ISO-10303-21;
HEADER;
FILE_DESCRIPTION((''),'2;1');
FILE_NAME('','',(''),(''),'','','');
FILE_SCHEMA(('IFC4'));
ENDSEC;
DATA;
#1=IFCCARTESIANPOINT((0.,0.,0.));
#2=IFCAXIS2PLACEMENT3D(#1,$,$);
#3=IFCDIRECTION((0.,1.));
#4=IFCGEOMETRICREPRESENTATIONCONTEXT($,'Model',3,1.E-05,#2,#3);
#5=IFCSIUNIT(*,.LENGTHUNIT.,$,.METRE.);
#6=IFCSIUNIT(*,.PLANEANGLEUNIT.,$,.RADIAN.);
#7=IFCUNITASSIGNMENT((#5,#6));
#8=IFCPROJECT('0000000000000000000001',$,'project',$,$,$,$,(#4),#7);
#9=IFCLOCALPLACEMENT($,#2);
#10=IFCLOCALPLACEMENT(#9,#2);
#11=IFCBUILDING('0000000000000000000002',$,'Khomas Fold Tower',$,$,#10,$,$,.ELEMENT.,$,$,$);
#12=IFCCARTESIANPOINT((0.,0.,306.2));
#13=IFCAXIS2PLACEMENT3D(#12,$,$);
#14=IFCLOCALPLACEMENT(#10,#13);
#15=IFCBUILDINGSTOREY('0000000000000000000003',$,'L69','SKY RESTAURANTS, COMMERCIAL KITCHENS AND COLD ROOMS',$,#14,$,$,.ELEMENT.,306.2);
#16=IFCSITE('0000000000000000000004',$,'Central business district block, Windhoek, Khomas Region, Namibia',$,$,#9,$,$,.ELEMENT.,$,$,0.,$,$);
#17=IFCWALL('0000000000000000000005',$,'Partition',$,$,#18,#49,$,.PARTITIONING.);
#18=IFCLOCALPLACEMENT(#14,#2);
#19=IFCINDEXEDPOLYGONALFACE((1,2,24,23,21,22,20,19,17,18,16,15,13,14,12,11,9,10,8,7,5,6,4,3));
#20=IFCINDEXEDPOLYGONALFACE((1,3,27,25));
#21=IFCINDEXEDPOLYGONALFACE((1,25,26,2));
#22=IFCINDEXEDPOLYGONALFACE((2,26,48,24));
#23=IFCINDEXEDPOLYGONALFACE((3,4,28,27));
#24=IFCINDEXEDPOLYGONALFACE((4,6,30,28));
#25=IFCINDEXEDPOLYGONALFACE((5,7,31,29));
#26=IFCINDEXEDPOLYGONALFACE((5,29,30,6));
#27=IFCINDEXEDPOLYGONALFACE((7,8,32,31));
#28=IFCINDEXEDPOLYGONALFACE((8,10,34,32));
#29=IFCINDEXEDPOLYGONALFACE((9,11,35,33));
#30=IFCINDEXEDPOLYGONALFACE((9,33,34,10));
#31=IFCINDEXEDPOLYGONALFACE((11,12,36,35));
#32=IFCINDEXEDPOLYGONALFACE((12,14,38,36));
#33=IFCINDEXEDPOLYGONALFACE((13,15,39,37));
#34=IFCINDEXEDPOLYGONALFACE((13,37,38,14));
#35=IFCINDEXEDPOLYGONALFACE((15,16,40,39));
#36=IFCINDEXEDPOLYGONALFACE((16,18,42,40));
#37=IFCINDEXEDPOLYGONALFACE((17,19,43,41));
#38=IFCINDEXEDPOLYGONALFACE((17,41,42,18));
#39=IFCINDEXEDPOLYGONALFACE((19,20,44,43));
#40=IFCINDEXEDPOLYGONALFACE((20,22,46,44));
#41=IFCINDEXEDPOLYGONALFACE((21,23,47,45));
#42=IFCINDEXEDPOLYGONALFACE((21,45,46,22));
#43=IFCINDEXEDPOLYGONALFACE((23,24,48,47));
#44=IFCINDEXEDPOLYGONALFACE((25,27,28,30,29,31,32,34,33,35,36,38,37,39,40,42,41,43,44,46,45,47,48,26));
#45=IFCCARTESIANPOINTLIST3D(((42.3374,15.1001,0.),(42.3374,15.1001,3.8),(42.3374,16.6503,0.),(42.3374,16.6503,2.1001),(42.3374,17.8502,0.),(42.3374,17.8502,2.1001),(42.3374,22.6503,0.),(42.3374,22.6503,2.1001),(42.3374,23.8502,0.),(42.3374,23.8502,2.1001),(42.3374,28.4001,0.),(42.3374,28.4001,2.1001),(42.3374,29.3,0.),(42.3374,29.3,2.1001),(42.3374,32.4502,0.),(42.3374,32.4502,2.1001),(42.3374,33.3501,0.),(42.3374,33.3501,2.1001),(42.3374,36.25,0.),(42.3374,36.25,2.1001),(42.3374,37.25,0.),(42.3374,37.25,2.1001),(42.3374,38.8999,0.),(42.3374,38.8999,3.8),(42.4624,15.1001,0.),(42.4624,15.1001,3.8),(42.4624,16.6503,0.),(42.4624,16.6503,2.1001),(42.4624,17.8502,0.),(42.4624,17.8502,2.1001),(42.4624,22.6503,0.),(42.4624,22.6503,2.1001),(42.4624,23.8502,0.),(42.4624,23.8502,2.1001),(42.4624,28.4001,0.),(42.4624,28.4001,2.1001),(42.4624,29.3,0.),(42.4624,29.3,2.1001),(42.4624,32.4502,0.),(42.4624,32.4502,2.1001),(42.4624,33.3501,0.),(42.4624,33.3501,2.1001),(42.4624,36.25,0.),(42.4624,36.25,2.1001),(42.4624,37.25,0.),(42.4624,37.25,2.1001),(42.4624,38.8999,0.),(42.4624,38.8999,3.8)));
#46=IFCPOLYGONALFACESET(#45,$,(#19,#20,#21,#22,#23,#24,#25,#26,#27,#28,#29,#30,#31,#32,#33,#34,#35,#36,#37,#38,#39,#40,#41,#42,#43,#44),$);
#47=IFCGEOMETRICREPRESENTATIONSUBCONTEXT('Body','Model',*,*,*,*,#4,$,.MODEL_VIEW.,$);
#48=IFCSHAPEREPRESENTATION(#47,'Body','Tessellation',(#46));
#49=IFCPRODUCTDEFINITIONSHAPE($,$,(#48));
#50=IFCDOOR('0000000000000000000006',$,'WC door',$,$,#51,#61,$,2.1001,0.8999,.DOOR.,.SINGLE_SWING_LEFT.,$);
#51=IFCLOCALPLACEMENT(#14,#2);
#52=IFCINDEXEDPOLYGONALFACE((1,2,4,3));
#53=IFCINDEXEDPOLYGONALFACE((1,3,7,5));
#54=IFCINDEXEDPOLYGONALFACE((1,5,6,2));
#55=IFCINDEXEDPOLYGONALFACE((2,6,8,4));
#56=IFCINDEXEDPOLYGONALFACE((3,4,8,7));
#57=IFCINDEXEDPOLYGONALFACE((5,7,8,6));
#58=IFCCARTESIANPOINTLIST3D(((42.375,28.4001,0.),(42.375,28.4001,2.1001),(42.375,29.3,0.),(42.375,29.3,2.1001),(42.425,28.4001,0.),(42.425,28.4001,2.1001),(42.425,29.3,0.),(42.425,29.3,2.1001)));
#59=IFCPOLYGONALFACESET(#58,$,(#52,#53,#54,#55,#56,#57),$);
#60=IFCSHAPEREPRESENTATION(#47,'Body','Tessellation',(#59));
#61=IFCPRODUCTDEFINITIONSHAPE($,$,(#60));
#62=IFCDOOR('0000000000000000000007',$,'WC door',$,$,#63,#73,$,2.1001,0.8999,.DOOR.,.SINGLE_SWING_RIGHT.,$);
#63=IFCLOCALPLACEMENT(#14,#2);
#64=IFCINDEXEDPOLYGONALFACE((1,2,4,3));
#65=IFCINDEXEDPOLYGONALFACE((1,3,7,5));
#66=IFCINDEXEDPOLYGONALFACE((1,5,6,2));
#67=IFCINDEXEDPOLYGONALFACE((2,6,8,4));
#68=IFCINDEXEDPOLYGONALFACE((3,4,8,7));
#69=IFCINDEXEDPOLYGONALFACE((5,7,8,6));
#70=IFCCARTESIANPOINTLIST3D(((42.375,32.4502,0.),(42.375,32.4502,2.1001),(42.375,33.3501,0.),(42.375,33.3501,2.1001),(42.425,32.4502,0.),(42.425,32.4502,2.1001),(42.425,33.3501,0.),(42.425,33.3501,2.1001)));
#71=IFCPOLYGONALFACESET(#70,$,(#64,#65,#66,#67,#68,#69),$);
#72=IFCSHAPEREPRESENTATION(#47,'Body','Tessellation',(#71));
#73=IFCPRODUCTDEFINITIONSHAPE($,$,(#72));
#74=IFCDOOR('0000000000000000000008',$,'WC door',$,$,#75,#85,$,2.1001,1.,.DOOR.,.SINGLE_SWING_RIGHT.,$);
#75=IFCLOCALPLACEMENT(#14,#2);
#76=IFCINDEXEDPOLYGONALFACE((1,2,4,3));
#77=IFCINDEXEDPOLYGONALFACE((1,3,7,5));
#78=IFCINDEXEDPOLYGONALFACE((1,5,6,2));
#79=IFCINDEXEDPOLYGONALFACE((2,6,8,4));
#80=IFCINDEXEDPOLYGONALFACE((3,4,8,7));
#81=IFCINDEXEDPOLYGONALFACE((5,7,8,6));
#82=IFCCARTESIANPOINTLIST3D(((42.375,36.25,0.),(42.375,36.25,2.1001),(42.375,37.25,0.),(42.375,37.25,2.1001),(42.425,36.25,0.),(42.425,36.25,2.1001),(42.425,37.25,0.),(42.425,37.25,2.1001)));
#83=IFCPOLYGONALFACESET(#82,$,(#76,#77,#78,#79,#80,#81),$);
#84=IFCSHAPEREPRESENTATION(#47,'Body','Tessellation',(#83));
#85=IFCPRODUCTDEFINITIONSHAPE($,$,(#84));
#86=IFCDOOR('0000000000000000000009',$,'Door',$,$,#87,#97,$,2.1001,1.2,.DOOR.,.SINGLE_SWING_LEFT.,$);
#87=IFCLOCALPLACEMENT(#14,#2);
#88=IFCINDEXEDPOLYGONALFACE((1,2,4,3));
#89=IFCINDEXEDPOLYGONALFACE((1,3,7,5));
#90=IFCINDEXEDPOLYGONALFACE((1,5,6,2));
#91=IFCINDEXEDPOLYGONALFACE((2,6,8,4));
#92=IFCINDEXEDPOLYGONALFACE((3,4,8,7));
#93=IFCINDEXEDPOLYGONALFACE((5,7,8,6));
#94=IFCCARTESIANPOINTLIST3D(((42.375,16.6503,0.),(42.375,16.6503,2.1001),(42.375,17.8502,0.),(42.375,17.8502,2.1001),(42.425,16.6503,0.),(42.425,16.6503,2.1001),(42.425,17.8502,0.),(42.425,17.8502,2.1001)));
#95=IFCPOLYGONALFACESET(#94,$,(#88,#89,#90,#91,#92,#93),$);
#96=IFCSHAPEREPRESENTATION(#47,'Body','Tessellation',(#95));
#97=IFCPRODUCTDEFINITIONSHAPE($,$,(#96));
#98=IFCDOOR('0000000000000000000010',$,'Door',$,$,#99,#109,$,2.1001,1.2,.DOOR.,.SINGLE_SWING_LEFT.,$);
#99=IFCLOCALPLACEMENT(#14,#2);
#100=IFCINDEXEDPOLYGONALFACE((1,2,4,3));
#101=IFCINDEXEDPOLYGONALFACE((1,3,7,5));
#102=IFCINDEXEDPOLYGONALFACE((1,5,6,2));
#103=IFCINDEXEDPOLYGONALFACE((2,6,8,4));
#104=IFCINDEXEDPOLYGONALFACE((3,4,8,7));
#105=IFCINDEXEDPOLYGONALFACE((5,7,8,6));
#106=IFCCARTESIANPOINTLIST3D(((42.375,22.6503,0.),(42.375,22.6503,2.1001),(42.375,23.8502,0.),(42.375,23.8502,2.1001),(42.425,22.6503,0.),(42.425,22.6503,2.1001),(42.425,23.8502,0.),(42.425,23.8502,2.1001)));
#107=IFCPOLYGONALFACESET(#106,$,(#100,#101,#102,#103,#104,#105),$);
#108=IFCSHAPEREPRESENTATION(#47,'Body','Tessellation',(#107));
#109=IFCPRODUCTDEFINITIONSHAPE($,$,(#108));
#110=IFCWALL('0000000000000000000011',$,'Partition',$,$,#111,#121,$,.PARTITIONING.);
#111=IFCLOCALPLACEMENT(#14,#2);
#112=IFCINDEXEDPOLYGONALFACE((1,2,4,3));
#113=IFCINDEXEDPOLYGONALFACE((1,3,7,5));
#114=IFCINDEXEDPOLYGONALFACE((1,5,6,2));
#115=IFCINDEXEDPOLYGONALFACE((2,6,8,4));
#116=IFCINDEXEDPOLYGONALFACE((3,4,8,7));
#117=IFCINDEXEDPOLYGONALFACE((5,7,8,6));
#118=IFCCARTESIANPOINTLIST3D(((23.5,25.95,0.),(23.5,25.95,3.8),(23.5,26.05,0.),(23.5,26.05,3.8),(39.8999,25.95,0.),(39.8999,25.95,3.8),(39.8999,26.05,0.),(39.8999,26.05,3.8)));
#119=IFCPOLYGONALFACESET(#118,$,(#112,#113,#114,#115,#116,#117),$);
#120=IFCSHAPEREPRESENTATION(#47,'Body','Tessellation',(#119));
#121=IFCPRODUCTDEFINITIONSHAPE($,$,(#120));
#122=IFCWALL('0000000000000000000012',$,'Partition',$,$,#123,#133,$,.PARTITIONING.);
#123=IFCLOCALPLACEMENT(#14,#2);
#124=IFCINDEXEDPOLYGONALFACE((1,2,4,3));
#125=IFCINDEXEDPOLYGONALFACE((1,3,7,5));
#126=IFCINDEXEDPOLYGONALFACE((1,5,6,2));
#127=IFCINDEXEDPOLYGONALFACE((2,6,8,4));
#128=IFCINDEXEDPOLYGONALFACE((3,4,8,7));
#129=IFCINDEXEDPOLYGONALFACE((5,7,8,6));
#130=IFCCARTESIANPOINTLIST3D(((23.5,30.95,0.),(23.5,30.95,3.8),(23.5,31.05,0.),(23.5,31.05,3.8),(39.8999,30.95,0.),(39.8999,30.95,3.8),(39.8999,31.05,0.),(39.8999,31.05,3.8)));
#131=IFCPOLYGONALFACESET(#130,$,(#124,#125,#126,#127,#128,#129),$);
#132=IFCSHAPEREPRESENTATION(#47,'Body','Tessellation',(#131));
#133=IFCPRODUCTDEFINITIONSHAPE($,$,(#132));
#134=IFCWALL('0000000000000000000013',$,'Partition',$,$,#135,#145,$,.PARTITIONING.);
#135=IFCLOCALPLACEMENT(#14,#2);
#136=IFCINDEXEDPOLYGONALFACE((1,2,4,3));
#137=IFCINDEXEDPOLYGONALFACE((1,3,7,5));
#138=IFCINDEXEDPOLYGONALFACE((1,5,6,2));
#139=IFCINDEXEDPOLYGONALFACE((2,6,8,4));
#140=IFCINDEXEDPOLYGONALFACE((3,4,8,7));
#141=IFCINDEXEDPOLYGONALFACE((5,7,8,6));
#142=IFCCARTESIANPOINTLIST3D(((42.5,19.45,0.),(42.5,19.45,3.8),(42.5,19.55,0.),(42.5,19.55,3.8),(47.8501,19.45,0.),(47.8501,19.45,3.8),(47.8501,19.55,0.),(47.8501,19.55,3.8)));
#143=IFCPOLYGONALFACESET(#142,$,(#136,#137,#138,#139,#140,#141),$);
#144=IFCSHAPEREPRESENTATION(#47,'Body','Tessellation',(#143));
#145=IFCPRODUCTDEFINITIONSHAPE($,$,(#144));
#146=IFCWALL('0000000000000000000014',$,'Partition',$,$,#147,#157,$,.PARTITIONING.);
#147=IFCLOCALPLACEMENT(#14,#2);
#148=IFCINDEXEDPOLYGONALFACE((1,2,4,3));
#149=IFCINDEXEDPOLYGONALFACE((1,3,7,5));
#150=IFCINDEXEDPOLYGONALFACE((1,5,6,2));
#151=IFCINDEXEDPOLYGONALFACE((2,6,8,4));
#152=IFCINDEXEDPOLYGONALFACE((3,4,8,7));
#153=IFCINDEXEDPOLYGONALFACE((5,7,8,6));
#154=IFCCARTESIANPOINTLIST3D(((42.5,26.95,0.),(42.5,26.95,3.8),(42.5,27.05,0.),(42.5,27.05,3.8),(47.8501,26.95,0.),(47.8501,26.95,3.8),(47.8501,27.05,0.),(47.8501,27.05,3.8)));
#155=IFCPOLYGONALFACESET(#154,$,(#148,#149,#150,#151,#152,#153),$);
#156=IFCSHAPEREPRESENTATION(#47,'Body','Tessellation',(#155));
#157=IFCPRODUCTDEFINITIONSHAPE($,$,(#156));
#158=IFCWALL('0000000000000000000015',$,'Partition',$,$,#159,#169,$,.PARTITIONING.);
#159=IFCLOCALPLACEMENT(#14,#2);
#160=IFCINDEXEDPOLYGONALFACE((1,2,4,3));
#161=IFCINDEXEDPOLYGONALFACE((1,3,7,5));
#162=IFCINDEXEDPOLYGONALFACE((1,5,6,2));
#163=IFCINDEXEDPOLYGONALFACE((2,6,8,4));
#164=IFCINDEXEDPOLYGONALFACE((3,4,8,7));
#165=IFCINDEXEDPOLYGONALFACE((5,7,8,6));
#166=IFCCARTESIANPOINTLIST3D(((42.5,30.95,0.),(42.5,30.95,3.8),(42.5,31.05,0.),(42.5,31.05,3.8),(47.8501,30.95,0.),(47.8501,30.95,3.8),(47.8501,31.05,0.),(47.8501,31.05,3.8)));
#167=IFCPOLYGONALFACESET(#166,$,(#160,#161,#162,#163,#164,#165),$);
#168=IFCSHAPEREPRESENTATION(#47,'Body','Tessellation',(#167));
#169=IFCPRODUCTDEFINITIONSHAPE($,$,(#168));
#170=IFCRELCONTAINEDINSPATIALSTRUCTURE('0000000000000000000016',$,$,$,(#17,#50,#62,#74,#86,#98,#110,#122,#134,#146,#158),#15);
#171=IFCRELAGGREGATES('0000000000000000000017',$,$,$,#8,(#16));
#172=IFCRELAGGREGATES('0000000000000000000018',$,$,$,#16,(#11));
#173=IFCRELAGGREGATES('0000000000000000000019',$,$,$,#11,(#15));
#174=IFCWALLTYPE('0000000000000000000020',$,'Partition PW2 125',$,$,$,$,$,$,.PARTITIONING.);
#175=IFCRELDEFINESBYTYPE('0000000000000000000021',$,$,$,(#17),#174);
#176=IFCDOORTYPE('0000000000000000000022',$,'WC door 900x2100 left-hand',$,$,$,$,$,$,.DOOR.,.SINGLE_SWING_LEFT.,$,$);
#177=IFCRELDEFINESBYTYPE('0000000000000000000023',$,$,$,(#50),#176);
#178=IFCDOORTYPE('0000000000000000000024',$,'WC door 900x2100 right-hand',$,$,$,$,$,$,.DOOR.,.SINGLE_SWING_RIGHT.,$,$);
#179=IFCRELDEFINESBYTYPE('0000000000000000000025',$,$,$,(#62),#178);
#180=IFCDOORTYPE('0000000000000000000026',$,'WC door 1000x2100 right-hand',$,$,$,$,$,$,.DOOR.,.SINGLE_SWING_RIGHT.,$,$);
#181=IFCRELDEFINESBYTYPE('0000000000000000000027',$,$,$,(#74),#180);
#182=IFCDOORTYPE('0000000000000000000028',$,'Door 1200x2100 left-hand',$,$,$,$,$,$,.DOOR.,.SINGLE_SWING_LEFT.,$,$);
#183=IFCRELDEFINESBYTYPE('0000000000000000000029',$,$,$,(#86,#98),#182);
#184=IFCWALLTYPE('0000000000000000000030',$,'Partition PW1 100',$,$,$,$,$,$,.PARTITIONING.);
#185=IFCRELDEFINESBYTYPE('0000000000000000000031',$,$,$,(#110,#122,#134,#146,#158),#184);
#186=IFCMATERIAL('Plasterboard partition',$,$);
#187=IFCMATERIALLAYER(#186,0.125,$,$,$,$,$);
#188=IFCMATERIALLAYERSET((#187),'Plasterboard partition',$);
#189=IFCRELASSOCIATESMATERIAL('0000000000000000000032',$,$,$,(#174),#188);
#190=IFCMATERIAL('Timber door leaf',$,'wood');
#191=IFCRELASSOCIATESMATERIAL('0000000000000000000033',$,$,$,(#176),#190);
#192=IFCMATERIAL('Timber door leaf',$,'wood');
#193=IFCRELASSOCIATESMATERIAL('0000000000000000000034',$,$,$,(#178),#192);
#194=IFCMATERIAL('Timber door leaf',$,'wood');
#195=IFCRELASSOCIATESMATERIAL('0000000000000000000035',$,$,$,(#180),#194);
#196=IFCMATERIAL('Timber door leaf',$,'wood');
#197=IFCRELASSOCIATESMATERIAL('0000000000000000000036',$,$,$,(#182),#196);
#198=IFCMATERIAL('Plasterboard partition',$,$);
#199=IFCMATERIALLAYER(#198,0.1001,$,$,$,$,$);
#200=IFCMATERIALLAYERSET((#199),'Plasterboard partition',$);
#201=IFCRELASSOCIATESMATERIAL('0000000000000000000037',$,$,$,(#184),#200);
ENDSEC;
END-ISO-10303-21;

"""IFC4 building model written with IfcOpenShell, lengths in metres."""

from ifc_helpers import new_model, si_unit, direction, frame, frame_2d, origin, place, context, subcontext, project, spatial, rectangle, extrude, source, transform, mapped, material, layer, layer_set, type_object, element, fill, save


model = new_model("IFC4")

# Units and contexts
model_context = context("Model", 3, precision=1e-05, world=origin(), true_north=direction((0.0, 1.0)))
body_context = subcontext(model_context, "Body", "Model", "MODEL_VIEW")
ifc_project = project(units=[si_unit("LENGTHUNIT", "METRE"), si_unit("PLANEANGLEUNIT", "RADIAN")], contexts=[model_context])

# Site, building, storey
site_placement = place(None, origin())
site = spatial("IfcSite", under=ifc_project, at=site_placement, Name="Central business district block, Windhoek, Khomas Region, Namibia", CompositionType="ELEMENT", RefElevation=0.0)
building_placement = place(site_placement, origin())
building = spatial("IfcBuilding", under=site, at=building_placement, Name="Khomas Fold Tower", CompositionType="ELEMENT")
storey_placement = place(building_placement, frame((0.0, 0.0, 306.2)))
storey = spatial("IfcBuildingStorey", under=building, at=storey_placement, Name="L69", Description="SKY RESTAURANTS, COMMERCIAL KITCHENS AND COLD ROOMS", CompositionType="ELEMENT", Elevation=306.2)

# Shared definitions
ifc_material_1 = material(Name="Plasterboard partition")
ifc_layer_1 = layer(ifc_material_1, 0.125)
ifc_layer_set_1 = layer_set([ifc_layer_1], Name="Plasterboard partition")
wall_type_1 = type_object("IfcWallType", Name="Partition PW2 125", PredefinedType="PARTITIONING", material=ifc_layer_set_1)

# Wall, openings, doors
shared_shape_1 = source(origin(), body_context, "Body", "SweptSolid", [
    extrude(rectangle(XDim=23.7998, YDim=0.125, at=frame_2d((11.8999, 0.0))), origin(), (0.0, 0.0, 1.0), 3.8),
])
wall_1_placement = place(storey_placement, frame((42.3999, 15.1001, 0.0), z_axis=(0.0, 0.0, 1.0), x_axis=(0.0, 1.0, 0.0)))
wall_1 = element("IfcWall", 1, at=wall_1_placement, inside=storey, type_object=wall_type_1, Name="Partition", PredefinedType="PARTITIONING", context=body_context, shape_type="MappedRepresentation", body=[
    mapped(shared_shape_1, transform((0.0, 0.0, 0.0))),
])
shared_shape_2 = source(origin(), body_context, "Body", "SweptSolid", [
    extrude(rectangle(XDim=1.2, YDim=2.1001, at=frame_2d((0.6001, 1.05))), frame((0.0, 0.0725, 0.0), z_axis=(0.0, -1.0, 0.0), x_axis=(1.0, 0.0, 0.0)), (0.0, 0.0, 1.0), 0.145),
])
opening_1_placement = place(wall_1_placement, frame((1.55, 0.0, 0.0)))
opening_1 = element("IfcOpeningElement", 2, at=opening_1_placement, cuts=wall_1, PredefinedType="OPENING", context=body_context, shape_type="MappedRepresentation", body=[
    mapped(shared_shape_2, transform((0.0, 0.0, 0.0))),
])
opening_2_placement = place(wall_1_placement, frame((7.55, 0.0, 0.0)))
opening_2 = element("IfcOpeningElement", 3, at=opening_2_placement, cuts=wall_1, PredefinedType="OPENING", context=body_context, shape_type="MappedRepresentation", body=[
    mapped(shared_shape_2, transform((0.0, 0.0, 0.0))),
])
shared_shape_3 = source(origin(), body_context, "Body", "SweptSolid", [
    extrude(rectangle(XDim=0.8999, YDim=2.1001, at=frame_2d((0.45, 1.05))), frame((0.0, 0.0725, 0.0), z_axis=(0.0, -1.0, 0.0), x_axis=(1.0, 0.0, 0.0)), (0.0, 0.0, 1.0), 0.145),
])
opening_3_placement = place(wall_1_placement, frame((13.3, 0.0, 0.0)))
opening_3 = element("IfcOpeningElement", 4, at=opening_3_placement, cuts=wall_1, PredefinedType="OPENING", context=body_context, shape_type="MappedRepresentation", body=[
    mapped(shared_shape_3, transform((0.0, 0.0, 0.0))),
])
opening_4_placement = place(wall_1_placement, frame((17.3501, 0.0, 0.0)))
opening_4 = element("IfcOpeningElement", 5, at=opening_4_placement, cuts=wall_1, PredefinedType="OPENING", context=body_context, shape_type="MappedRepresentation", body=[
    mapped(shared_shape_3, transform((0.0, 0.0, 0.0))),
])
shared_shape_4 = source(origin(), body_context, "Body", "SweptSolid", [
    extrude(rectangle(XDim=1.0, YDim=2.1001, at=frame_2d((0.5, 1.05))), frame((0.0, 0.0725, 0.0), z_axis=(0.0, -1.0, 0.0), x_axis=(1.0, 0.0, 0.0)), (0.0, 0.0, 1.0), 0.145),
])
opening_5_placement = place(wall_1_placement, frame((21.1499, 0.0, 0.0)))
opening_5 = element("IfcOpeningElement", 6, at=opening_5_placement, cuts=wall_1, PredefinedType="OPENING", context=body_context, shape_type="MappedRepresentation", body=[
    mapped(shared_shape_4, transform((0.0, 0.0, 0.0))),
])
ifc_material_2 = material(Name="Timber door leaf", Category="wood")
door_type_1 = type_object("IfcDoorType", Name="WC door 900x2100 left-hand", OperationType="SINGLE_SWING_LEFT", PredefinedType="DOOR", material=ifc_material_2)
shared_shape_5 = source(origin(), body_context, "Body", "SweptSolid", [
    extrude(rectangle(XDim=0.8999, YDim=2.1001, at=frame_2d((0.45, 1.05))), frame((0.0, 0.0249, 0.0), z_axis=(0.0, -1.0, 0.0), x_axis=(1.0, 0.0, 0.0)), (0.0, 0.0, 1.0), 0.05),
])
door_1_placement = place(opening_3_placement, origin())
door_1 = element("IfcDoor", 7, at=door_1_placement, inside=storey, type_object=door_type_1, Name="WC door", OperationType="SINGLE_SWING_LEFT", OverallHeight=2.1001, OverallWidth=0.8999, PredefinedType="DOOR", context=body_context, shape_type="MappedRepresentation", body=[
    mapped(shared_shape_5, transform((0.0, 0.0, 0.0))),
])
fill(opening_3, door_1)
ifc_material_3 = material(Name="Timber door leaf", Category="wood")
door_type_2 = type_object("IfcDoorType", Name="WC door 900x2100 right-hand", OperationType="SINGLE_SWING_RIGHT", PredefinedType="DOOR", material=ifc_material_3)
door_2_placement = place(opening_4_placement, origin())
door_2 = element("IfcDoor", 8, at=door_2_placement, inside=storey, type_object=door_type_2, Name="WC door", OperationType="SINGLE_SWING_RIGHT", OverallHeight=2.1001, OverallWidth=0.8999, PredefinedType="DOOR", context=body_context, shape_type="MappedRepresentation", body=[
    mapped(shared_shape_5, transform((0.0, 0.0, 0.0))),
])
fill(opening_4, door_2)
ifc_material_4 = material(Name="Timber door leaf", Category="wood")
door_type_3 = type_object("IfcDoorType", Name="WC door 1000x2100 right-hand", OperationType="SINGLE_SWING_RIGHT", PredefinedType="DOOR", material=ifc_material_4)
shared_shape_6 = source(origin(), body_context, "Body", "SweptSolid", [
    extrude(rectangle(XDim=1.0, YDim=2.1001, at=frame_2d((0.5, 1.05))), frame((0.0, 0.0249, 0.0), z_axis=(0.0, -1.0, 0.0), x_axis=(1.0, 0.0, 0.0)), (0.0, 0.0, 1.0), 0.05),
])
door_3_placement = place(opening_5_placement, origin())
door_3 = element("IfcDoor", 9, at=door_3_placement, inside=storey, type_object=door_type_3, Name="WC door", OperationType="SINGLE_SWING_RIGHT", OverallHeight=2.1001, OverallWidth=1.0, PredefinedType="DOOR", context=body_context, shape_type="MappedRepresentation", body=[
    mapped(shared_shape_6, transform((0.0, 0.0, 0.0))),
])
fill(opening_5, door_3)
ifc_material_5 = material(Name="Timber door leaf", Category="wood")
door_type_4 = type_object("IfcDoorType", Name="Door 1200x2100 left-hand", OperationType="SINGLE_SWING_LEFT", PredefinedType="DOOR", material=ifc_material_5)
shared_shape_7 = source(origin(), body_context, "Body", "SweptSolid", [
    extrude(rectangle(XDim=1.2, YDim=2.1001, at=frame_2d((0.6001, 1.05))), frame((0.0, 0.0249, 0.0), z_axis=(0.0, -1.0, 0.0), x_axis=(1.0, 0.0, 0.0)), (0.0, 0.0, 1.0), 0.05),
])
door_4_placement = place(opening_1_placement, origin())
door_4 = element("IfcDoor", 10, at=door_4_placement, inside=storey, type_object=door_type_4, Name="Door", OperationType="SINGLE_SWING_LEFT", OverallHeight=2.1001, OverallWidth=1.2, PredefinedType="DOOR", context=body_context, shape_type="MappedRepresentation", body=[
    mapped(shared_shape_7, transform((0.0, 0.0, 0.0))),
])
fill(opening_1, door_4)
door_5_placement = place(opening_2_placement, origin())
door_5 = element("IfcDoor", 11, at=door_5_placement, inside=storey, type_object=door_type_4, Name="Door", OperationType="SINGLE_SWING_LEFT", OverallHeight=2.1001, OverallWidth=1.2, PredefinedType="DOOR", context=body_context, shape_type="MappedRepresentation", body=[
    mapped(shared_shape_7, transform((0.0, 0.0, 0.0))),
])
fill(opening_2, door_5)

# Walls
ifc_material_6 = material(Name="Plasterboard partition")
ifc_layer_2 = layer(ifc_material_6, 0.1001)
ifc_layer_set_2 = layer_set([ifc_layer_2], Name="Plasterboard partition")
wall_type_2 = type_object("IfcWallType", Name="Partition PW1 100", PredefinedType="PARTITIONING", material=ifc_layer_set_2)
shared_shape_8 = source(origin(), body_context, "Body", "SweptSolid", [
    extrude(rectangle(XDim=16.3999, YDim=0.1001, at=frame_2d((8.2, 0.0))), origin(), (0.0, 0.0, 1.0), 3.8),
])
for number, where, z_axis, x_axis, name in (
    (12, (23.5, 26.0, 0.0), (0.0, 0.0, 1.0), (1.0, 0.0, 0.0), "Partition"),
    (13, (23.5, 31.0, 0.0), (0.0, 0.0, 1.0), (1.0, 0.0, 0.0), "Partition"),
):
    element("IfcWall", number, at=place(storey_placement, frame(where, z_axis=z_axis, x_axis=x_axis)), inside=storey, type_object=wall_type_2, Name=name, PredefinedType="PARTITIONING", context=body_context, shape_type="MappedRepresentation", body=[
        mapped(shared_shape_8, transform((0.0, 0.0, 0.0))),
    ])
shared_shape_9 = source(origin(), body_context, "Body", "SweptSolid", [
    extrude(rectangle(XDim=5.3501, YDim=0.1001, at=frame_2d((2.675, 0.0))), origin(), (0.0, 0.0, 1.0), 3.8),
])
for number, where, z_axis, x_axis, name in (
    (14, (42.5, 19.5, 0.0), (0.0, 0.0, 1.0), (1.0, 0.0, 0.0), "Partition"),
    (15, (42.5, 27.0, 0.0), (0.0, 0.0, 1.0), (1.0, 0.0, 0.0), "Partition"),
    (16, (42.5, 31.0, 0.0), (0.0, 0.0, 1.0), (1.0, 0.0, 0.0), "Partition"),
):
    element("IfcWall", number, at=place(storey_placement, frame(where, z_axis=z_axis, x_axis=x_axis)), inside=storey, type_object=wall_type_2, Name=name, PredefinedType="PARTITIONING", context=body_context, shape_type="MappedRepresentation", body=[
        mapped(shared_shape_9, transform((0.0, 0.0, 0.0))),
    ])

save(model, "model.ifc")
